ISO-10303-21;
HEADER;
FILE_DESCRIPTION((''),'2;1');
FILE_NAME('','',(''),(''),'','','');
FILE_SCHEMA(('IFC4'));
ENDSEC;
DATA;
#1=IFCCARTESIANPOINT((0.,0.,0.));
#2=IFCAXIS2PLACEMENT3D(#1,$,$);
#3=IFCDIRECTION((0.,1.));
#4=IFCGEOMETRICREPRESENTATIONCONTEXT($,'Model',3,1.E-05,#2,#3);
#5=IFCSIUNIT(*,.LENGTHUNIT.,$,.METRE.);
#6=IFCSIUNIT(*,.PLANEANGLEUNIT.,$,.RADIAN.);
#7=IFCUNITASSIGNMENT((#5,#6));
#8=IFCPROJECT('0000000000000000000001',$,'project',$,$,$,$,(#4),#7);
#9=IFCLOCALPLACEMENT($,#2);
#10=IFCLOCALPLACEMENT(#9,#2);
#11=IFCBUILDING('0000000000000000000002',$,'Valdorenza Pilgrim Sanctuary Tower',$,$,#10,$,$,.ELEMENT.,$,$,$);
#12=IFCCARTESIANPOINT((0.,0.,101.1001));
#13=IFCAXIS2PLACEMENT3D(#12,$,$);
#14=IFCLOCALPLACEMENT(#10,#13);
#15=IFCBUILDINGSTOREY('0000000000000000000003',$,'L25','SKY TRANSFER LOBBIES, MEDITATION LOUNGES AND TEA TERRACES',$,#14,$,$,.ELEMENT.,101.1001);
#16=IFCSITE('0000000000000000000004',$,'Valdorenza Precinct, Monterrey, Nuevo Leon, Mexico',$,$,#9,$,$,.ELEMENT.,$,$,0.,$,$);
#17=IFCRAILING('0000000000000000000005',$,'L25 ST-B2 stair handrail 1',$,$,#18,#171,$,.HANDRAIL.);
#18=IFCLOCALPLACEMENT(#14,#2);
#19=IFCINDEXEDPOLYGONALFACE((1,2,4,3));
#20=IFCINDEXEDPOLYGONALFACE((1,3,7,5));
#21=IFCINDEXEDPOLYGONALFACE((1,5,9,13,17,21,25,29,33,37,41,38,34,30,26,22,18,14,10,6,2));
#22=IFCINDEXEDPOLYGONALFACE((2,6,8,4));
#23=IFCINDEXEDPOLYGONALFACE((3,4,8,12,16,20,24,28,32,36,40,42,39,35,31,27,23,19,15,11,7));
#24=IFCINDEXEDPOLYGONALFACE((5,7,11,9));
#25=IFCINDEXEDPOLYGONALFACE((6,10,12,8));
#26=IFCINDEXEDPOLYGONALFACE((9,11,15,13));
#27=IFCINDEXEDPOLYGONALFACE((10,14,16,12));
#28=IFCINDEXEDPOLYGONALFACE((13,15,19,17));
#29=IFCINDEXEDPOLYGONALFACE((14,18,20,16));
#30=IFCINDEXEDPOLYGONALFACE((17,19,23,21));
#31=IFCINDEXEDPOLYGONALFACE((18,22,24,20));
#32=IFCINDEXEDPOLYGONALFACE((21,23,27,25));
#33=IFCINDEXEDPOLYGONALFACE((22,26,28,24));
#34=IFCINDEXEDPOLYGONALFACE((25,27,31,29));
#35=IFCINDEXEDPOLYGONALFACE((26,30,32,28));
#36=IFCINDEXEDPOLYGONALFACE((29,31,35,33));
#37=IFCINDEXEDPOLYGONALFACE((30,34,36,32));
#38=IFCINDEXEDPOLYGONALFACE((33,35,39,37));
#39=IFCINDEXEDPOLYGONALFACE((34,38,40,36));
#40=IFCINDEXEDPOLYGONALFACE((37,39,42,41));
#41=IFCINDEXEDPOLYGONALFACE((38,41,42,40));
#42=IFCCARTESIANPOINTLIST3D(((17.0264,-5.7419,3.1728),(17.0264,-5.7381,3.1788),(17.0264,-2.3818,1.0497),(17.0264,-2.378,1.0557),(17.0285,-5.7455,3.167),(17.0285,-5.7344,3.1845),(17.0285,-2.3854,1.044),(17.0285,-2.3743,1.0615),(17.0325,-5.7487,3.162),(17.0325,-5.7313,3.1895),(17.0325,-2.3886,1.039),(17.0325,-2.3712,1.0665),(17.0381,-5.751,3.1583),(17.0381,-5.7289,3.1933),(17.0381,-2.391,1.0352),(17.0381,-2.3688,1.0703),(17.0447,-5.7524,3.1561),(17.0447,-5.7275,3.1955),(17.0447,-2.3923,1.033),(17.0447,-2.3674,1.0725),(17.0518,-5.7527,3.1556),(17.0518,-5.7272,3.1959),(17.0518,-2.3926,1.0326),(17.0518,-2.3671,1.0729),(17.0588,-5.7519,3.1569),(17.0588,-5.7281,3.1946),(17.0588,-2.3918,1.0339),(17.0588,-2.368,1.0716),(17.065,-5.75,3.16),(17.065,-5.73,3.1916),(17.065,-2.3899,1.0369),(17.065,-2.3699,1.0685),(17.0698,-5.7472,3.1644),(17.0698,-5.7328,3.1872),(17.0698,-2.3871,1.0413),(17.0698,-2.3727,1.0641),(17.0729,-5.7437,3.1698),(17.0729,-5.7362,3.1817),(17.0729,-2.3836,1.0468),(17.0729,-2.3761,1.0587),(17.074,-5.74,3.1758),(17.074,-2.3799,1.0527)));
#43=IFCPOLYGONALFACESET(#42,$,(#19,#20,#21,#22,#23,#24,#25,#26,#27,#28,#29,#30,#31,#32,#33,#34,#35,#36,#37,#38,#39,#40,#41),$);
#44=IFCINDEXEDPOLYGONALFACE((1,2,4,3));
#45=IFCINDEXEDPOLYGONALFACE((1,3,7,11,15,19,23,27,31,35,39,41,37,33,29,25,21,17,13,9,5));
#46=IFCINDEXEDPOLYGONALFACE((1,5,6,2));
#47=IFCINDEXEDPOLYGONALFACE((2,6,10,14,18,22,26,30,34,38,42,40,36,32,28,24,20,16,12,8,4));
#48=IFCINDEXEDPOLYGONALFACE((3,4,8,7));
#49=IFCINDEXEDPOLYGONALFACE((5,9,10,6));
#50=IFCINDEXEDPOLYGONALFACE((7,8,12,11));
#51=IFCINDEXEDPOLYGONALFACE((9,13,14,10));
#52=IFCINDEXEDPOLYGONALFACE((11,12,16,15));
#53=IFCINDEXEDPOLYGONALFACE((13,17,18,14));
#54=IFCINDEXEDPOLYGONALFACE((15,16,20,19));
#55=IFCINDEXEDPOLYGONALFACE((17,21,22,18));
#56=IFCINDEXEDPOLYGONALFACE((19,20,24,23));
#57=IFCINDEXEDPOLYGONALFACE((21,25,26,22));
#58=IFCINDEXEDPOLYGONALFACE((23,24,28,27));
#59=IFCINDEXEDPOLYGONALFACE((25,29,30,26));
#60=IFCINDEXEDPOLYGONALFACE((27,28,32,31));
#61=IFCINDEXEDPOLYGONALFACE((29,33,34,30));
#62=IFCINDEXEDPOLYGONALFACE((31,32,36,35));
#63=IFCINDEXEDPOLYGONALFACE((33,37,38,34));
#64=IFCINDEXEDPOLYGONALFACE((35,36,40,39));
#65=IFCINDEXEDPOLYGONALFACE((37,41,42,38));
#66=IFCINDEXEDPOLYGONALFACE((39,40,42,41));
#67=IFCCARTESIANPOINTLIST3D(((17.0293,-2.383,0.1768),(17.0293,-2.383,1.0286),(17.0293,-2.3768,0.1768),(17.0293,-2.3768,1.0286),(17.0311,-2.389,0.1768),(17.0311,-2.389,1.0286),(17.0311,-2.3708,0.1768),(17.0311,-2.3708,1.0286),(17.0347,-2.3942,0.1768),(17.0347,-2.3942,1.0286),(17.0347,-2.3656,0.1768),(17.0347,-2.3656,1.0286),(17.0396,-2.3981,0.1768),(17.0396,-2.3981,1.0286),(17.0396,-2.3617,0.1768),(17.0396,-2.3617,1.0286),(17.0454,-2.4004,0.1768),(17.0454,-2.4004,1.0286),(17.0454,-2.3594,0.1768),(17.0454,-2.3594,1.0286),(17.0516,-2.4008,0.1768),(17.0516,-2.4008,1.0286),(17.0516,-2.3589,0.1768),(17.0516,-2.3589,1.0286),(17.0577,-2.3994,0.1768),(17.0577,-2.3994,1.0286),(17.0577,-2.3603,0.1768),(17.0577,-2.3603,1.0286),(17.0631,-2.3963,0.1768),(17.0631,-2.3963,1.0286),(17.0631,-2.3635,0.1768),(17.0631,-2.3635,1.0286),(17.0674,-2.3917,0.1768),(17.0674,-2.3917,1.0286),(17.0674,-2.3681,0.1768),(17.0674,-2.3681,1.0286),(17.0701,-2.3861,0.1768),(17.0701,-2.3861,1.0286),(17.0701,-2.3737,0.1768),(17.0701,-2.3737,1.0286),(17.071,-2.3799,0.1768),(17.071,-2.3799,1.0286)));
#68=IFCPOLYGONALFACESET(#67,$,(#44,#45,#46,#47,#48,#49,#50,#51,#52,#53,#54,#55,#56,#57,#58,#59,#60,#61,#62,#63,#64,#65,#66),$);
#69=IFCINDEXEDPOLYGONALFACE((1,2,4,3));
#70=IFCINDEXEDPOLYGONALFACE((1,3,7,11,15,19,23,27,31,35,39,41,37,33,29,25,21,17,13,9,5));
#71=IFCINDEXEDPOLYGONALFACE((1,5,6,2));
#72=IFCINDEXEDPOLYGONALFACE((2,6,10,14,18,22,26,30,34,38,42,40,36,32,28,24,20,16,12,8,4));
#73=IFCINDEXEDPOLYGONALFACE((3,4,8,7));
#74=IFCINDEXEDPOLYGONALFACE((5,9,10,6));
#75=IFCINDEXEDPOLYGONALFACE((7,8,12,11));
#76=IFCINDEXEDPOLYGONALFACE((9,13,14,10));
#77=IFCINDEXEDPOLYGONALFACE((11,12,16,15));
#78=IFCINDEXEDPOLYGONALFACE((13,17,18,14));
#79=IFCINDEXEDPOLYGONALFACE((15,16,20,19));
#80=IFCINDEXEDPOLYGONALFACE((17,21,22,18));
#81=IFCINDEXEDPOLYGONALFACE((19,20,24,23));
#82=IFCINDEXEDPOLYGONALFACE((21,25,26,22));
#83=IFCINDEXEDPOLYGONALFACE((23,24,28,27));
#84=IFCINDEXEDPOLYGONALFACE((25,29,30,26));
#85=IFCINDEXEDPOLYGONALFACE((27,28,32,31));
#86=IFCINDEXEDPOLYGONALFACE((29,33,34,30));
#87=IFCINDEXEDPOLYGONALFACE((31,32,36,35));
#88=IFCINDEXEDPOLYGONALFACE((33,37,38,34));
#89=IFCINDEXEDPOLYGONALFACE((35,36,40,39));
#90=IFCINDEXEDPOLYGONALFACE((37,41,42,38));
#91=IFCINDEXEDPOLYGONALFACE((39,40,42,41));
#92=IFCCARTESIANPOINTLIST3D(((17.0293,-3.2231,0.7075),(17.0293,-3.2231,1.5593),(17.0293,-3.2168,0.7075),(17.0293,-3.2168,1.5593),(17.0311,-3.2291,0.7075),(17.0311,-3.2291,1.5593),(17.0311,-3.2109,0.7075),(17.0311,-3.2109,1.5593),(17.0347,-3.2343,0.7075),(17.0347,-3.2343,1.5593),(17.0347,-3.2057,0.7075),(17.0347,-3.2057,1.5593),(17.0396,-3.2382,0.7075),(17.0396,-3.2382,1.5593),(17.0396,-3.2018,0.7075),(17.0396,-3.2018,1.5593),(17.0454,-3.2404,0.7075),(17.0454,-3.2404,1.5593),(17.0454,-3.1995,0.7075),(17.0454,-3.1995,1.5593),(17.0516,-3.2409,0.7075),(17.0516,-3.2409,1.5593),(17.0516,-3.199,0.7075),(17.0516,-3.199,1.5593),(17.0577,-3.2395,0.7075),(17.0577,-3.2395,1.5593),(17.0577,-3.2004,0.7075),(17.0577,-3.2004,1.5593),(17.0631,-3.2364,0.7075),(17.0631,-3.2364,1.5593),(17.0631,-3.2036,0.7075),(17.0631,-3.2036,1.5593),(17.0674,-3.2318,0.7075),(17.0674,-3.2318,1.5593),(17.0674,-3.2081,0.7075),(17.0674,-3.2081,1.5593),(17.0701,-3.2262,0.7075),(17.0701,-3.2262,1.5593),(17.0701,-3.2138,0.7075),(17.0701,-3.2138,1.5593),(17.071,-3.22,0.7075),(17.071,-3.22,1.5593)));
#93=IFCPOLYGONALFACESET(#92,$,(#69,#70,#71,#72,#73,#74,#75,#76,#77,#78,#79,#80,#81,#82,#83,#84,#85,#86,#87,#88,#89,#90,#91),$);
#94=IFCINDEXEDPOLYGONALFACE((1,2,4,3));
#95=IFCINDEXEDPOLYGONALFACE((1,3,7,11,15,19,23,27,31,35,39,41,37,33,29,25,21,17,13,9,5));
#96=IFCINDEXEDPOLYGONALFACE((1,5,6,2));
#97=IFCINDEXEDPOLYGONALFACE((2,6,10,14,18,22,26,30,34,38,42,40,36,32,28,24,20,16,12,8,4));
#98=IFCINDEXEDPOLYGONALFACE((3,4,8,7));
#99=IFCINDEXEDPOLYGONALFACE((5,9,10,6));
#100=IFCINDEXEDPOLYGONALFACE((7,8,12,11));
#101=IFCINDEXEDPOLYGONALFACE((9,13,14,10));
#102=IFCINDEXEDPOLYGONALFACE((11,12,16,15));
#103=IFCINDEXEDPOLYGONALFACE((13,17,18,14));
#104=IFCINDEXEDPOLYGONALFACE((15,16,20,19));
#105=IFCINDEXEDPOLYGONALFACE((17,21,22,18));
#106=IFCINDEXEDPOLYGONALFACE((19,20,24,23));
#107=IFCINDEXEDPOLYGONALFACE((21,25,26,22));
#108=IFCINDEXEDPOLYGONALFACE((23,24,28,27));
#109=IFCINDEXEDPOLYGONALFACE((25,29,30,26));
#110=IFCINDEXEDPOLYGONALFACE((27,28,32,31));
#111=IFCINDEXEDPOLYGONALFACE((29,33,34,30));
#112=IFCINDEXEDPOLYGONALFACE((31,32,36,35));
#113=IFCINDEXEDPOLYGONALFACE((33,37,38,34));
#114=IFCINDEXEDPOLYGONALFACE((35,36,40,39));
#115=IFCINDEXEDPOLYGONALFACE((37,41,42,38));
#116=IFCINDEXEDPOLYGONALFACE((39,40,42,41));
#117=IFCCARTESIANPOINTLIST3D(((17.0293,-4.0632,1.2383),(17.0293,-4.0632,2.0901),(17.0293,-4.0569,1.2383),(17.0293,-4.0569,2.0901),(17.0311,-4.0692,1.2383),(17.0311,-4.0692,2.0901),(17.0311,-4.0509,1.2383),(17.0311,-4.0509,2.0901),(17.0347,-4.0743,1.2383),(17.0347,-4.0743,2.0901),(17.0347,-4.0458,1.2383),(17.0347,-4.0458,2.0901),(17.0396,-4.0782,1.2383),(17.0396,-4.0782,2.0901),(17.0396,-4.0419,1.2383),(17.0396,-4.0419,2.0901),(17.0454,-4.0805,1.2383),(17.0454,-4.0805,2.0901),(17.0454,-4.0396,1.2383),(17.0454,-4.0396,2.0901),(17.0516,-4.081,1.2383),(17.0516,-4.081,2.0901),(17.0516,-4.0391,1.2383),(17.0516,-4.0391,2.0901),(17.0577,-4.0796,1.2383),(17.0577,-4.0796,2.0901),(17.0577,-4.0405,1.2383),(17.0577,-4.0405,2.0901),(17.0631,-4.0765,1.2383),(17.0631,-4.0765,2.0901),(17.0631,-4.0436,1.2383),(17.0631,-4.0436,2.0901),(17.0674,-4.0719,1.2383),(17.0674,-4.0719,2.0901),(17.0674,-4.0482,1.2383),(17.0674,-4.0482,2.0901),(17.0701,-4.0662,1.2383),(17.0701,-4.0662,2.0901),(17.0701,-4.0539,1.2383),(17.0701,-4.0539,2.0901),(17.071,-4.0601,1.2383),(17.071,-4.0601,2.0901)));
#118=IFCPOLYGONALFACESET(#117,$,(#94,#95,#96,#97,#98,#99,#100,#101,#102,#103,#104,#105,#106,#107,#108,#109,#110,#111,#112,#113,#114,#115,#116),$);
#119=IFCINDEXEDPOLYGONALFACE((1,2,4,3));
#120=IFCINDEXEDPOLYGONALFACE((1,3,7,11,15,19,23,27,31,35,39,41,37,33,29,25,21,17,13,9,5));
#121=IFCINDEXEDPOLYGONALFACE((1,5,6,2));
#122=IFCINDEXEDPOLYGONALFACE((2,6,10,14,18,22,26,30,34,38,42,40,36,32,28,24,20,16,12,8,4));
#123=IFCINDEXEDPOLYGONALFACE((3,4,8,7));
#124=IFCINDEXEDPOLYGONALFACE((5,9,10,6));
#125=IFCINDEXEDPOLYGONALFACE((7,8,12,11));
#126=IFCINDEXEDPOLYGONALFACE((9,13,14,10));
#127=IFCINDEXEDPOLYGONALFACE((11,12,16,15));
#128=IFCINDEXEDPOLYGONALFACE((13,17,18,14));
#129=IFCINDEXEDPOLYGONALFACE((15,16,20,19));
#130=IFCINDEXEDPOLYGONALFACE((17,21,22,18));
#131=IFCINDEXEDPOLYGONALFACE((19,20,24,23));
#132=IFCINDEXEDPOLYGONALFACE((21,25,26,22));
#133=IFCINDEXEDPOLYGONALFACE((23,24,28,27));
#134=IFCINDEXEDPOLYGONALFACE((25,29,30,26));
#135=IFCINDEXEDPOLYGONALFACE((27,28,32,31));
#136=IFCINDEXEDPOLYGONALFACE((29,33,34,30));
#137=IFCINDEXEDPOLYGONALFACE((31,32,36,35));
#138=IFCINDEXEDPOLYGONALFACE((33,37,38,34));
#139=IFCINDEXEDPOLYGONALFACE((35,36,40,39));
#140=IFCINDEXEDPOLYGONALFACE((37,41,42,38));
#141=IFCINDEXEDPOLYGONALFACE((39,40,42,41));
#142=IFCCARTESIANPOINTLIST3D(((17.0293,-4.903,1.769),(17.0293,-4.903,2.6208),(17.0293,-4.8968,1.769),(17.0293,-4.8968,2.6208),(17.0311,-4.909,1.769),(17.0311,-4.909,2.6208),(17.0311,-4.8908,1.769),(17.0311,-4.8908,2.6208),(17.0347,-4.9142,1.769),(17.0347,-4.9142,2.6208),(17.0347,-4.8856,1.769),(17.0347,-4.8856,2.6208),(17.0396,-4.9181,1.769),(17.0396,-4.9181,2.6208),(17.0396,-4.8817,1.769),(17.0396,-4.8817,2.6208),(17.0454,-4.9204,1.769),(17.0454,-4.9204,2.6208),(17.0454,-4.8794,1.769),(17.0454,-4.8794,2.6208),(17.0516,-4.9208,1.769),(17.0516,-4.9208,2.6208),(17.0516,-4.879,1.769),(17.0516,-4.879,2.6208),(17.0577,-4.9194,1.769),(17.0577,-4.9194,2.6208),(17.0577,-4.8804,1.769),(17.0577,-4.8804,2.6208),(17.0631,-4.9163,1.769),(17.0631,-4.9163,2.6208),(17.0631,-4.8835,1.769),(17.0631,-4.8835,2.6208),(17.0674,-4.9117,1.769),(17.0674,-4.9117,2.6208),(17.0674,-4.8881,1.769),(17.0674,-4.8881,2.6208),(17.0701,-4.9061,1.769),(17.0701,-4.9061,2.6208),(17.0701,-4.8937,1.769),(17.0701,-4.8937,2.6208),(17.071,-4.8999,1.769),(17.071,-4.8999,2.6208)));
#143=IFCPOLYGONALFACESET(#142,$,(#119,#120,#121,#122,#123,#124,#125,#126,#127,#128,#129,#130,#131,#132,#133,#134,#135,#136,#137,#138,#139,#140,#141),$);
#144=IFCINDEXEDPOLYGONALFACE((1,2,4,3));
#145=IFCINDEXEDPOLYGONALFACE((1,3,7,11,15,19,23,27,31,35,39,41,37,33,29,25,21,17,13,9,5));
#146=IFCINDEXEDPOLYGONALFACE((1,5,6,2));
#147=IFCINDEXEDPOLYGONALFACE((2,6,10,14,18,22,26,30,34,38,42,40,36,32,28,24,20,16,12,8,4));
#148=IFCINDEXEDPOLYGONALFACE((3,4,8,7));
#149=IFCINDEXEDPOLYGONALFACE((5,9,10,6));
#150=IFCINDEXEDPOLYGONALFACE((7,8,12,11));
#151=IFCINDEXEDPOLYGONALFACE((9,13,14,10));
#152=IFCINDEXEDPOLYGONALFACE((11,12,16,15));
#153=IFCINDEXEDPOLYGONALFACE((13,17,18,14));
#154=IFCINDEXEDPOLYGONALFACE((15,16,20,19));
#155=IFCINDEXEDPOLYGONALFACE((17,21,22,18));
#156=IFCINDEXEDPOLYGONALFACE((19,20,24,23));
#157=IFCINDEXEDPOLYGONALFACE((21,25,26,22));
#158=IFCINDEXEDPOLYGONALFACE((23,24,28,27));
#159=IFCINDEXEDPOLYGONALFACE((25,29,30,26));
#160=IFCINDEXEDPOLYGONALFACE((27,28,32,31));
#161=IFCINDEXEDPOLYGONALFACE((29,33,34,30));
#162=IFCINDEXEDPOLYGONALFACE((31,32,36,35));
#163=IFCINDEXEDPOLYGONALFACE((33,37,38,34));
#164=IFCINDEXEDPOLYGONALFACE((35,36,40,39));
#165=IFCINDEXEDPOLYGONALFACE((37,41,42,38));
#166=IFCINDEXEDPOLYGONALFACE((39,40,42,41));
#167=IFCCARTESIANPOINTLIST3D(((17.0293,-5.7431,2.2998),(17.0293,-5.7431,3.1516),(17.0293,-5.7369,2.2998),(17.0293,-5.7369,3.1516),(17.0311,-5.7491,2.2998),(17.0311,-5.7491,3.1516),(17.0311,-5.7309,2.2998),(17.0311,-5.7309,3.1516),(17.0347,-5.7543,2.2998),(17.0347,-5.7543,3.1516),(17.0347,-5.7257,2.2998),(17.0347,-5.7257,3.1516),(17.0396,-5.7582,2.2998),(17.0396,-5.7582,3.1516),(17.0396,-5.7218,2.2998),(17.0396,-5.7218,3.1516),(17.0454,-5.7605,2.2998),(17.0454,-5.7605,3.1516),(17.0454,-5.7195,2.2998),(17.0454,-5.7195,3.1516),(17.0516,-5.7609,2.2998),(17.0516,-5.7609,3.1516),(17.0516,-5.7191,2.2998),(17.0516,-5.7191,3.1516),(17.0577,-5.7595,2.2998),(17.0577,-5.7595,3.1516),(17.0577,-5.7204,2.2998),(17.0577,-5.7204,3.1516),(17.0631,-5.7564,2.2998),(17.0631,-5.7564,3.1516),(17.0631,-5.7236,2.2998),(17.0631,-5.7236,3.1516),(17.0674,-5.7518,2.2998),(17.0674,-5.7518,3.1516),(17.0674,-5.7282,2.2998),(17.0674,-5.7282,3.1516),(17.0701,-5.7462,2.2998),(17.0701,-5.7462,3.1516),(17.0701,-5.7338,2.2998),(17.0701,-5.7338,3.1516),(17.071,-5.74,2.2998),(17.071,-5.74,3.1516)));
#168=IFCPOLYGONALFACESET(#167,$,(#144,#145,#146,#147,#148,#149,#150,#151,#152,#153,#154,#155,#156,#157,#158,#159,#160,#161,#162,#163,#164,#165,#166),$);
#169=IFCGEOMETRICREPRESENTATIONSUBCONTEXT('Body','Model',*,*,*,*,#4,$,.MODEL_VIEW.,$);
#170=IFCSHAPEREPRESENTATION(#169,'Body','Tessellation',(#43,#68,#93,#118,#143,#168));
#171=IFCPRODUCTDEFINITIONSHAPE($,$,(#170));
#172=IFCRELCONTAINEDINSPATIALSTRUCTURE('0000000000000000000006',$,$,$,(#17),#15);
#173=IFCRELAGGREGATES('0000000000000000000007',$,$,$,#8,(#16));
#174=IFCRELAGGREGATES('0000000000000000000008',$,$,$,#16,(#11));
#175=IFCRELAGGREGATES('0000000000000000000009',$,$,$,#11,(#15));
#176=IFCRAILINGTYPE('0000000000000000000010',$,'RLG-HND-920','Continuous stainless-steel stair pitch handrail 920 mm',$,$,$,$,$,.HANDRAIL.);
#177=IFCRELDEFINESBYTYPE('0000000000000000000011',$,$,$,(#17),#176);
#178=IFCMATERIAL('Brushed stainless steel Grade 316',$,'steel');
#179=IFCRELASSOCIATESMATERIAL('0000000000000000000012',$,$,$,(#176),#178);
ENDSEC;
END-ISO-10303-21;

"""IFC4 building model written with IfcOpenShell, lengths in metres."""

from ifc_helpers import new_model, si_unit, direction, frame, origin, origin_2d, place, context, subcontext, project, spatial, circle, extrude, material, type_object, element, save


model = new_model("IFC4")

# Units and contexts
model_context = context("Model", 3, precision=1e-05, world=origin(), true_north=direction((0.0, 1.0)))
body_context = subcontext(model_context, "Body", "Model", "MODEL_VIEW")
ifc_project = project(units=[si_unit("LENGTHUNIT", "METRE"), si_unit("PLANEANGLEUNIT", "RADIAN")], contexts=[model_context])

# Site, building, storey
site_placement = place(None, origin())
site = spatial("IfcSite", under=ifc_project, at=site_placement, Name="Valdorenza Precinct, Monterrey, Nuevo Leon, Mexico", CompositionType="ELEMENT", RefElevation=0.0)
building_placement = place(site_placement, origin())
building = spatial("IfcBuilding", under=site, at=building_placement, Name="Valdorenza Pilgrim Sanctuary Tower", CompositionType="ELEMENT")
storey_placement = place(building_placement, frame((0.0, 0.0, 101.1001)))
storey = spatial("IfcBuildingStorey", under=building, at=storey_placement, Name="L25", Description="SKY TRANSFER LOBBIES, MEDITATION LOUNGES AND TEA TERRACES", CompositionType="ELEMENT", Elevation=101.1001)

# Shared definitions
ifc_material_1 = material(Name="Brushed stainless steel Grade 316", Category="steel")

# Railing
railing_type_1 = type_object("IfcRailingType", Name="RLG-HND-920", Description="Continuous stainless-steel stair pitch handrail 920 mm", PredefinedType="HANDRAIL", material=ifc_material_1)
railing_1_placement = place(storey_placement, frame((17.05, -2.3799, 0.1768)))
element("IfcRailing", 1, at=railing_1_placement, inside=storey, type_object=railing_type_1, Name="L25 ST-B2 stair handrail 1", PredefinedType="HANDRAIL", context=body_context, shape_type="SweptSolid", body=[
    extrude(circle(Radius=0.0239, at=origin_2d()), frame((0.0, 0.0, 0.876), z_axis=(0.0, -0.84539, 0.53415), x_axis=(1.0, 0.0, 0.0)), (0.0, 0.0, 1.0), 3.9746),
    extrude(circle(Radius=0.021, at=origin_2d()), origin(), (0.0, 0.0, 1.0), 0.8518),
    extrude(circle(Radius=0.021, at=origin_2d()), frame((0.0, -0.8401, 0.5308)), (0.0, 0.0, 1.0), 0.8518),
    extrude(circle(Radius=0.021, at=origin_2d()), frame((0.0, -1.6802, 1.0615)), (0.0, 0.0, 1.0), 0.8518),
    extrude(circle(Radius=0.021, at=origin_2d()), frame((0.0, -2.52, 1.5923)), (0.0, 0.0, 1.0), 0.8518),
    extrude(circle(Radius=0.021, at=origin_2d()), frame((0.0, -3.3601, 2.123)), (0.0, 0.0, 1.0), 0.8518),
])

save(model, "model.ifc")
